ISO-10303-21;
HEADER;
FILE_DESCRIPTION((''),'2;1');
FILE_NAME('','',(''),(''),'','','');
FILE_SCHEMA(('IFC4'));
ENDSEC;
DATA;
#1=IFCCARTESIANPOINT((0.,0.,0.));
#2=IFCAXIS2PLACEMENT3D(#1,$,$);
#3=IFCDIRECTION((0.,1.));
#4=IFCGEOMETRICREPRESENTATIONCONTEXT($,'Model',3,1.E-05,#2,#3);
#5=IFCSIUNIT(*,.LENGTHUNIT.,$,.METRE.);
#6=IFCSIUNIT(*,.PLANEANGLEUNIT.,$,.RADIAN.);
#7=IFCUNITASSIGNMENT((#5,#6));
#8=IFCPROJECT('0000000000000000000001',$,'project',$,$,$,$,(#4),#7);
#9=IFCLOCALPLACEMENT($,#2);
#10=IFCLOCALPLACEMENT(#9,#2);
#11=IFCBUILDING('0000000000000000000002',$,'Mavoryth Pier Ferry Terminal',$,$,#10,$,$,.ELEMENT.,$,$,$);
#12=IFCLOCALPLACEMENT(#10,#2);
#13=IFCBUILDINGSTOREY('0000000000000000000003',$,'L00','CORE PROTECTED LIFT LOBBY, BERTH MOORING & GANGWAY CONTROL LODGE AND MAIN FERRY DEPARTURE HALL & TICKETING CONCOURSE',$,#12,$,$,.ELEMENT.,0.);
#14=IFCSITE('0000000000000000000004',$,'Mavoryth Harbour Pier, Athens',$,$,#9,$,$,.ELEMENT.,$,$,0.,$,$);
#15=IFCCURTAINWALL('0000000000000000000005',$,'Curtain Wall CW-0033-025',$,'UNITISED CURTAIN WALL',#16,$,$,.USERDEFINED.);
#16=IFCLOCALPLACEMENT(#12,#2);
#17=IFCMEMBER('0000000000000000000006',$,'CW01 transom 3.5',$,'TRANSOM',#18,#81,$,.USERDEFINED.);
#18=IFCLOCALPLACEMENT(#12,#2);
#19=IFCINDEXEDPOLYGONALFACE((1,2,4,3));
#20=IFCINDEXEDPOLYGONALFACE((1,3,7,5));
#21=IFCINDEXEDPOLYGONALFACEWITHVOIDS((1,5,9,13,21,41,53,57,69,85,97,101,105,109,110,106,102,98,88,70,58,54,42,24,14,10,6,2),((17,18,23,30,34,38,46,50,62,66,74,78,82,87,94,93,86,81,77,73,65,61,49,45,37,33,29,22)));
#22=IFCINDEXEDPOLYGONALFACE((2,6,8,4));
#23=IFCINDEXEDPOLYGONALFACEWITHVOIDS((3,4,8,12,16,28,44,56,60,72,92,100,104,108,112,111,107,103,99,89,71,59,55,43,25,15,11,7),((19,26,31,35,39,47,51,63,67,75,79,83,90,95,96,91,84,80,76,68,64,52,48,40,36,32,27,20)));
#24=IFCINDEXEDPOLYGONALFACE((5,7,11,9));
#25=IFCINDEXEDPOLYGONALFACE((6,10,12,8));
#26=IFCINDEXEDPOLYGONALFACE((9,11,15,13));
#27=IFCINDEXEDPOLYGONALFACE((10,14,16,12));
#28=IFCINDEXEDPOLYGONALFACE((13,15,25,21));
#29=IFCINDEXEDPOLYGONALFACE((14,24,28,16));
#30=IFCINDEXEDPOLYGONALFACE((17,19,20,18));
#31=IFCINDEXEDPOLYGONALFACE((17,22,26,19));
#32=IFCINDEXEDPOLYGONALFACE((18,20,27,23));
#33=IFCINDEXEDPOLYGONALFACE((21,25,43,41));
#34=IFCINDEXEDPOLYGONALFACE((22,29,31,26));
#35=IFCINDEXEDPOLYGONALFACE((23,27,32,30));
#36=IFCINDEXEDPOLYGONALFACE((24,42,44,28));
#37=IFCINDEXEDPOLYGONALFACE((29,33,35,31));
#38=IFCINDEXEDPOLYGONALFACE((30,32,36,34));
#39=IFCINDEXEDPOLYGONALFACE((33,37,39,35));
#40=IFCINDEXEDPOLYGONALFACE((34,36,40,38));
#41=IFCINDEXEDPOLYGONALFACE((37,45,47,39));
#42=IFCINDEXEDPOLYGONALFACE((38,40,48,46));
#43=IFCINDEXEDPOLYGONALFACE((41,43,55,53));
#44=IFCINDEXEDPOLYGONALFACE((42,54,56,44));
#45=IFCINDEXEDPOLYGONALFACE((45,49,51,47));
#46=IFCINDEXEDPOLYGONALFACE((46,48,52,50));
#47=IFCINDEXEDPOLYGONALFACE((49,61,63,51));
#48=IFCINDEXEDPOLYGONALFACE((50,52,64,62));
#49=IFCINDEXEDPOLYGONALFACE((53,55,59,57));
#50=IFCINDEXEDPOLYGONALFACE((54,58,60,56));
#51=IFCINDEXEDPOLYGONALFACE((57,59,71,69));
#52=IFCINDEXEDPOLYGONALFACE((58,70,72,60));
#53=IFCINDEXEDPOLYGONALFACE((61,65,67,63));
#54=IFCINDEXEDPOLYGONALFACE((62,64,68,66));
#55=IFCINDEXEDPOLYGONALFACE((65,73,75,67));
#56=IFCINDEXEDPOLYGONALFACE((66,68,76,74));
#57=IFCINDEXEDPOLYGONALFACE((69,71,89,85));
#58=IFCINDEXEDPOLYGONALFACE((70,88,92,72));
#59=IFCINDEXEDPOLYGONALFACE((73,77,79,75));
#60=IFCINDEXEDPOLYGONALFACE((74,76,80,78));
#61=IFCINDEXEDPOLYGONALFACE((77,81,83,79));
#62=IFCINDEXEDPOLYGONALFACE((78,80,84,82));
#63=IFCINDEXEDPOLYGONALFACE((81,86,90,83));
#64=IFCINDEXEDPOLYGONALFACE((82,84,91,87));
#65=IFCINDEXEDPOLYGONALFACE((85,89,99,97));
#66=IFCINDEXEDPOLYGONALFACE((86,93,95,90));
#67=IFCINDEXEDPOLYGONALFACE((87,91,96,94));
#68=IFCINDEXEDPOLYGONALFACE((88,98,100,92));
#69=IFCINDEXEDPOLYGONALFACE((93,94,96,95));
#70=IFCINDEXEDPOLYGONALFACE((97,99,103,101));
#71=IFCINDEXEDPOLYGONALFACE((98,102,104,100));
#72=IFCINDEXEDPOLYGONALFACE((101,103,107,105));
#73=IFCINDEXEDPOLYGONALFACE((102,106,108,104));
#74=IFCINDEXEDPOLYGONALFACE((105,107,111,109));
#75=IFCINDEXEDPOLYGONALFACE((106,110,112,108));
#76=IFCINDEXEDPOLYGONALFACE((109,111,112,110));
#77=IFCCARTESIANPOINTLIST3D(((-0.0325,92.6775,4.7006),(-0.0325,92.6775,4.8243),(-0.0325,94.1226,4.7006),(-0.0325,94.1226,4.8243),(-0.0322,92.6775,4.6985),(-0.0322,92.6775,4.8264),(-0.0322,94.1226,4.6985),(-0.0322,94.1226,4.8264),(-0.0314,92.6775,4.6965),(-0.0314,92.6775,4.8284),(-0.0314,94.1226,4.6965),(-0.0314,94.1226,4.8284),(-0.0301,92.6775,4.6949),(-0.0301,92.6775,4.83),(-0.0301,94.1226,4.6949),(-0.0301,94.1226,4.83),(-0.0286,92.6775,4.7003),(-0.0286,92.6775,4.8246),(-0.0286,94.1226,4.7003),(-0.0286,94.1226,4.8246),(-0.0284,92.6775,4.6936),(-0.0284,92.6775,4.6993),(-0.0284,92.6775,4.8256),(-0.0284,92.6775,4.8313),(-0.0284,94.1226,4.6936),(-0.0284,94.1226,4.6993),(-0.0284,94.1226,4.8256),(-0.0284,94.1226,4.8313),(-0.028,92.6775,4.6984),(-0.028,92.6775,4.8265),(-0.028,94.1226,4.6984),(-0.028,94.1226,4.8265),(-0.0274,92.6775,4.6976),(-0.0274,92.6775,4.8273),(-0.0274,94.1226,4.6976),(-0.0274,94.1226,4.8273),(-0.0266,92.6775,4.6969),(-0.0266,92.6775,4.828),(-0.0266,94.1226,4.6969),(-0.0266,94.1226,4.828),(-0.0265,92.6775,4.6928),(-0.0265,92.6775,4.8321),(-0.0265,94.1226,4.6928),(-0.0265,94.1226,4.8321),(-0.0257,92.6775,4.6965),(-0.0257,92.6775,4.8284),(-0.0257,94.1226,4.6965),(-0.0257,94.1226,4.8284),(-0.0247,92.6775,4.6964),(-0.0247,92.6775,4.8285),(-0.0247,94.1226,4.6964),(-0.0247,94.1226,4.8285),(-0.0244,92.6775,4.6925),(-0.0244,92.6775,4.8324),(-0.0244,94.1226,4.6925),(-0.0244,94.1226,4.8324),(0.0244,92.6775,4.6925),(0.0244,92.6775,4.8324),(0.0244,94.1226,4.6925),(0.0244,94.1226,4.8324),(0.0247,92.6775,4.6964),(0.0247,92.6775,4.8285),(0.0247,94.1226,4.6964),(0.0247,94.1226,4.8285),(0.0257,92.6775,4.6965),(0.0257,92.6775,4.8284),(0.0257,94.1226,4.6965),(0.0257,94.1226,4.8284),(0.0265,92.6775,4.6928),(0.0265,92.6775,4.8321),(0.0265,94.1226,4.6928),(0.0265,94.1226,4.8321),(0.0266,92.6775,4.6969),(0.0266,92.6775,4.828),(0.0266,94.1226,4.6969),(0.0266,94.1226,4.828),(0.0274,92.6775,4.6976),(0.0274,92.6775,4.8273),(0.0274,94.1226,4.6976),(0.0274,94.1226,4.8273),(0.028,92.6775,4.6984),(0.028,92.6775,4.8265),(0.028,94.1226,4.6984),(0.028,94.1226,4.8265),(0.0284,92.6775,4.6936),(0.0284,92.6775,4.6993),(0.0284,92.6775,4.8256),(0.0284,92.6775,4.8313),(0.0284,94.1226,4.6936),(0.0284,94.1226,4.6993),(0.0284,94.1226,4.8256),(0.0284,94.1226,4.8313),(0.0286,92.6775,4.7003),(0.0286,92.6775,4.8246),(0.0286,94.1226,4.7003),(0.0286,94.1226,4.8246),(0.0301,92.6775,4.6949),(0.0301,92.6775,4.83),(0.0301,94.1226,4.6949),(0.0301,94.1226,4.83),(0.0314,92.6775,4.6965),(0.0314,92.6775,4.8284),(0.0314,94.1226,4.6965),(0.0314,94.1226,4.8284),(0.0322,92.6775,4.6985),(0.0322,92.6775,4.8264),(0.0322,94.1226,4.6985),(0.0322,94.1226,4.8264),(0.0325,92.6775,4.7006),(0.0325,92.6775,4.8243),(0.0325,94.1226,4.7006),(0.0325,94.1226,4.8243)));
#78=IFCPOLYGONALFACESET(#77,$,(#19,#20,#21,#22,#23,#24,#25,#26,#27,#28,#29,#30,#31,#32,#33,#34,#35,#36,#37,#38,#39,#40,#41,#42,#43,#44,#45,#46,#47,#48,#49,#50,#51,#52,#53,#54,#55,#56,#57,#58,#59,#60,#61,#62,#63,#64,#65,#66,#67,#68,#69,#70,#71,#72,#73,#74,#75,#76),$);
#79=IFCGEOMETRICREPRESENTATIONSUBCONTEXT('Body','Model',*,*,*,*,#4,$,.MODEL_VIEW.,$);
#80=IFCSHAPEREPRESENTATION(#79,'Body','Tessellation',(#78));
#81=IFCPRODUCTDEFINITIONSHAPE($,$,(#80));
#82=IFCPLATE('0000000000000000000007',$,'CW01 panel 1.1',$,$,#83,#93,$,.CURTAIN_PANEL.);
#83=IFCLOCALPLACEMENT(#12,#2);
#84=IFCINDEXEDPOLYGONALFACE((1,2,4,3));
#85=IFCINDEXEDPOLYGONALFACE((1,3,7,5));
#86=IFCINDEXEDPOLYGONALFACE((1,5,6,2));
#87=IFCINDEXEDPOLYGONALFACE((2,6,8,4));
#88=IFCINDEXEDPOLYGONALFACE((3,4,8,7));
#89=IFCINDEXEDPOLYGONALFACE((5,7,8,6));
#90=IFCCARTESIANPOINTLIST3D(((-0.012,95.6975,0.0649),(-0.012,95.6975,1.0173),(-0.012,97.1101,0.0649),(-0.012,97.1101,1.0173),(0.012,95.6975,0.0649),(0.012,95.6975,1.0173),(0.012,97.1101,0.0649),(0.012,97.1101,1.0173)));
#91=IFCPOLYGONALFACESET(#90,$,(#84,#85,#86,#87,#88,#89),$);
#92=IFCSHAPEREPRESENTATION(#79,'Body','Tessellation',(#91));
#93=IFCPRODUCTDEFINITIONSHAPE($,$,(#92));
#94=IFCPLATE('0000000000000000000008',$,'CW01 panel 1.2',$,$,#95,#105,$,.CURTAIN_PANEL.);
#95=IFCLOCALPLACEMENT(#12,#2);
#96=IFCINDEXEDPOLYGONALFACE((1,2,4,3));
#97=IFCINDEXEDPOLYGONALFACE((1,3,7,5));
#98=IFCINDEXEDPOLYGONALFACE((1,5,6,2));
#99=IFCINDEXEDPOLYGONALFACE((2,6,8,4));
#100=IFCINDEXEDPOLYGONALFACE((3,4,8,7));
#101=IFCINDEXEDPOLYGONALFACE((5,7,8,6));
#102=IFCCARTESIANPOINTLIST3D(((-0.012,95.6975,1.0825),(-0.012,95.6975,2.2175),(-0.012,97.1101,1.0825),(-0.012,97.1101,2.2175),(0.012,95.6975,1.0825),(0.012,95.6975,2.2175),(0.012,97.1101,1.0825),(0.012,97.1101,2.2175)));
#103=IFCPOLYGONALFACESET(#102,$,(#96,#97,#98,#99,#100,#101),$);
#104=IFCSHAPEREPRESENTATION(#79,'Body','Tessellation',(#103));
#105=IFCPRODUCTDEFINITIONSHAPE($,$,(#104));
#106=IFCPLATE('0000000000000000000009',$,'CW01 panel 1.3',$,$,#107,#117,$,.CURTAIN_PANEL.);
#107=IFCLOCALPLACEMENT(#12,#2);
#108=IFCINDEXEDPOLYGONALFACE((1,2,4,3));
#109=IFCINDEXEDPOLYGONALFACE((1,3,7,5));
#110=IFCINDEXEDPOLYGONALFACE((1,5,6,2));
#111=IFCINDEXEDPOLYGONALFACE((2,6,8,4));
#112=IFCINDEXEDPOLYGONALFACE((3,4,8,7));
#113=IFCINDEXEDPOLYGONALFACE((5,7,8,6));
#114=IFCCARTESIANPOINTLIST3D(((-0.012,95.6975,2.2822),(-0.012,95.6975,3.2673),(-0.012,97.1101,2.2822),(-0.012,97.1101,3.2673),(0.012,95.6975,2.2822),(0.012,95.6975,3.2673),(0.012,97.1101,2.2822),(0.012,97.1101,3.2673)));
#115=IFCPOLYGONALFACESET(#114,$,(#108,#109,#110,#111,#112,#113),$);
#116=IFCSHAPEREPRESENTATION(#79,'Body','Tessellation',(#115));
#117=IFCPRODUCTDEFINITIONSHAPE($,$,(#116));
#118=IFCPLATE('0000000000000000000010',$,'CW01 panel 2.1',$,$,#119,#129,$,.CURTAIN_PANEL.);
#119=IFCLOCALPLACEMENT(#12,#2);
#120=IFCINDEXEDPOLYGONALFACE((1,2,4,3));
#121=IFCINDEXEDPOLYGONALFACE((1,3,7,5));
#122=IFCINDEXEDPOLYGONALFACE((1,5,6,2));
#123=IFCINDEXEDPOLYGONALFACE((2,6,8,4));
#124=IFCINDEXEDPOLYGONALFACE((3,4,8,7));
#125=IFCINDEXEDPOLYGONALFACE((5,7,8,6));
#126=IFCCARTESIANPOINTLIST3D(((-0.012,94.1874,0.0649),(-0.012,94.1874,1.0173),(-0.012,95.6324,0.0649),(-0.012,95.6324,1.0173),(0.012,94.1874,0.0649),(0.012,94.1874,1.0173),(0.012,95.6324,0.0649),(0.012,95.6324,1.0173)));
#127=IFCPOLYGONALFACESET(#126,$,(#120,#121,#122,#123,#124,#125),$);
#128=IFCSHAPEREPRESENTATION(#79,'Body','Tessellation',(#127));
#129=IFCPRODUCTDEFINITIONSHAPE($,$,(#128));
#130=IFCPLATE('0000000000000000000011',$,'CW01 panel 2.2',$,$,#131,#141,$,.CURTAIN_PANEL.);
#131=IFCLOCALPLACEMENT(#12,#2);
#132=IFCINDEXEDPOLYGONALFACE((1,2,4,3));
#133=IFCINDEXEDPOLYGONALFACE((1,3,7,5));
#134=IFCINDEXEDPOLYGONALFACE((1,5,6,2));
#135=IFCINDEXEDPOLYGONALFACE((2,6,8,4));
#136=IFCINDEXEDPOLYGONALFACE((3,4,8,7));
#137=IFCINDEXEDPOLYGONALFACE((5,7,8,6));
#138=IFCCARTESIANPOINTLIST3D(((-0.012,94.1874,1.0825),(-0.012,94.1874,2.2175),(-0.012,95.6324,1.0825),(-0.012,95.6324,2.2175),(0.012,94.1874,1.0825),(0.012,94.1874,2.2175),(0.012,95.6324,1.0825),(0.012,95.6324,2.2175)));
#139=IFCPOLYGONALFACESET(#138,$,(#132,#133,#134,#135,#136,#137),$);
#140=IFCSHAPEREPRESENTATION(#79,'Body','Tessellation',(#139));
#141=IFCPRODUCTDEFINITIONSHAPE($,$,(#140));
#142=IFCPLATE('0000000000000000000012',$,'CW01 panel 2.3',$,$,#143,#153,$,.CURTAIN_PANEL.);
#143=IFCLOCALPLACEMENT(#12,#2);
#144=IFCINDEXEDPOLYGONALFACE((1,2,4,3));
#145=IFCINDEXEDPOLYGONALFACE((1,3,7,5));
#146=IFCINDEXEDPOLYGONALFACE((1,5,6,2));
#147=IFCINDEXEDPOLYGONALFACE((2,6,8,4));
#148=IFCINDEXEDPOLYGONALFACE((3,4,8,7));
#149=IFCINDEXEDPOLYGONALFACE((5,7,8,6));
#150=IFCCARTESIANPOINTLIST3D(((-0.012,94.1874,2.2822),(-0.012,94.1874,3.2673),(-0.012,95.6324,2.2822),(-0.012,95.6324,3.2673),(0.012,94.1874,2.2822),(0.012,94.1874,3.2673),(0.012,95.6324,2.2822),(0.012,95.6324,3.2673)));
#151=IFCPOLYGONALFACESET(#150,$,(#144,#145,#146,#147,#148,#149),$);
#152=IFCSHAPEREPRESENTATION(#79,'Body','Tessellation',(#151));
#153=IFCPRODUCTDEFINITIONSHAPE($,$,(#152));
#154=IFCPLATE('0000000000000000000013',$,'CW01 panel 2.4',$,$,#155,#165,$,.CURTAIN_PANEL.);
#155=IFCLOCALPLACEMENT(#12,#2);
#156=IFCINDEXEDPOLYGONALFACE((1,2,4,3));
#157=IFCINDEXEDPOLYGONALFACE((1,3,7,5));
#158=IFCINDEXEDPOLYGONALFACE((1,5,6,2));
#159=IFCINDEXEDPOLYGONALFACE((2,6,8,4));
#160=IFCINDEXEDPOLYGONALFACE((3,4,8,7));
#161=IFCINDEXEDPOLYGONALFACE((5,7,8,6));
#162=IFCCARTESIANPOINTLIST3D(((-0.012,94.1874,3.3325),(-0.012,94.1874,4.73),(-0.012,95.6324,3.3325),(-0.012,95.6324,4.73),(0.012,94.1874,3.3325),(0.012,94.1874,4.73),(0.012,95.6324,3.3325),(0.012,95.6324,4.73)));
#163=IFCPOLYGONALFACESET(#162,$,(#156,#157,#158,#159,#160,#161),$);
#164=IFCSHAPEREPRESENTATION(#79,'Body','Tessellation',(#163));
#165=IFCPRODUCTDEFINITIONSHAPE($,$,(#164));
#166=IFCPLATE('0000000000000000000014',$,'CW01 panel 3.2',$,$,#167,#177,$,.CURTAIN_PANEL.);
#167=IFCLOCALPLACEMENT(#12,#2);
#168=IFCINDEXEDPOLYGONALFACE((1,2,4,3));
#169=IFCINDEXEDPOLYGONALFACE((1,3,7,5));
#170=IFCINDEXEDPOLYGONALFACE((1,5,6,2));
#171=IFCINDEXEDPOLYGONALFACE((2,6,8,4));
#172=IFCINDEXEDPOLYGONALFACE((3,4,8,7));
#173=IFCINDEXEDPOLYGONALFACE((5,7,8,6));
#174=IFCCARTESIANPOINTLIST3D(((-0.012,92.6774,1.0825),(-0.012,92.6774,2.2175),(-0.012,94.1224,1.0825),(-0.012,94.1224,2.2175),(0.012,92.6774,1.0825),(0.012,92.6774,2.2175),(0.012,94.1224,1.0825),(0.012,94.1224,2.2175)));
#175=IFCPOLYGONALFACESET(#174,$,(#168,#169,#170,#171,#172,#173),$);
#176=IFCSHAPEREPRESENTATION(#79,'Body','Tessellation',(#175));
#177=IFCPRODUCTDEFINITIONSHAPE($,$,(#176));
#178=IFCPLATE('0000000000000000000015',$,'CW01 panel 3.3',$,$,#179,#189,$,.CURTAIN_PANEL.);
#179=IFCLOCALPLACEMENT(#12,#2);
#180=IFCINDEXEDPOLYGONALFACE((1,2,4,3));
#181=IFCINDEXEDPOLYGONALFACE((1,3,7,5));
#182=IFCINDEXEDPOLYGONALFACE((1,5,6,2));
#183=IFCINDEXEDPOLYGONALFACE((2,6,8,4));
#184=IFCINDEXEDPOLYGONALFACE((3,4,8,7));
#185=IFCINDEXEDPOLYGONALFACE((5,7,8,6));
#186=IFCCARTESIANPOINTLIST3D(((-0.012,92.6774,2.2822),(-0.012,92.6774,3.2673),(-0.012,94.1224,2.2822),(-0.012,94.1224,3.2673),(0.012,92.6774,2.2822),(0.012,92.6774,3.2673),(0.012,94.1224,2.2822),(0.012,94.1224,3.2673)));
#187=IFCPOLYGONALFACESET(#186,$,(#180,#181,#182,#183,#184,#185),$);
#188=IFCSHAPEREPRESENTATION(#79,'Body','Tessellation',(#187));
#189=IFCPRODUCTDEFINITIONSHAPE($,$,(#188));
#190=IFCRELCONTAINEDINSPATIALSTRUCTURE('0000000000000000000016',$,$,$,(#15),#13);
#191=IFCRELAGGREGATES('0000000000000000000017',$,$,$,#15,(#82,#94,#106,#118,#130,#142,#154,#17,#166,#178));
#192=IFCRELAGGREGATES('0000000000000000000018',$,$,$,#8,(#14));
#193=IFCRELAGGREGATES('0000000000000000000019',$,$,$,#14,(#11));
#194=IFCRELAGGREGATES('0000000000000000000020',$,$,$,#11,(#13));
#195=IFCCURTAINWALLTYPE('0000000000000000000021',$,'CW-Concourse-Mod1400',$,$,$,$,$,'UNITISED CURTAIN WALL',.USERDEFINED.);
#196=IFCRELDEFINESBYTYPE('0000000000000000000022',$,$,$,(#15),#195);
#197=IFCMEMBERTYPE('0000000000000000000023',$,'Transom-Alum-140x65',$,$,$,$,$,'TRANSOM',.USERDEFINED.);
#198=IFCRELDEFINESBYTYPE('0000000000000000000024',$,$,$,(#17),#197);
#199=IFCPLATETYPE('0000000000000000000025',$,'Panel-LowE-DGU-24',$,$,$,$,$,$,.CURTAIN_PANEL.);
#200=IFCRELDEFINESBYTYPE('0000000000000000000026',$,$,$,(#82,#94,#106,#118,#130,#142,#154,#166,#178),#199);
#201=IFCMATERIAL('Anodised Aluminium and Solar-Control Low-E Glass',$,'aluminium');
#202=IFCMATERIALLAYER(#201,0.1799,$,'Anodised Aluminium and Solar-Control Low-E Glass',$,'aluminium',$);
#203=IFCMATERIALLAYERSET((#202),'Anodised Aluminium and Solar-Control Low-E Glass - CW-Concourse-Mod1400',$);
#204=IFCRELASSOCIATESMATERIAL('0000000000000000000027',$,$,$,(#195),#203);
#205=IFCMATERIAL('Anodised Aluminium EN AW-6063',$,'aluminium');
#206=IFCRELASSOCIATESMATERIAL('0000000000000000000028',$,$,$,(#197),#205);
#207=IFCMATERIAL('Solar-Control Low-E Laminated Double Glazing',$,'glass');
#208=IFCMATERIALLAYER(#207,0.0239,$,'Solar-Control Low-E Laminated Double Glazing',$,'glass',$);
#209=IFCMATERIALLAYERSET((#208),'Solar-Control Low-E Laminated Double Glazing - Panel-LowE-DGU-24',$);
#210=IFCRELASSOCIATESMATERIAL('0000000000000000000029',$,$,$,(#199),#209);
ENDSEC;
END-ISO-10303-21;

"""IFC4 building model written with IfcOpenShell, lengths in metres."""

from ifc_helpers import new_model, si_unit, direction, frame, origin, origin_2d, place, context, subcontext, project, spatial, rectangle, hollow_rectangle, extrude, material, layer, layer_set, material_profile, profile_set, type_object, element, aggregate, save


model = new_model("IFC4")

# Units and contexts
model_context = context("Model", 3, precision=1e-05, world=origin(), true_north=direction((0.0, 1.0)))
body_context = subcontext(model_context, "Body", "Model", "MODEL_VIEW")
ifc_project = project(units=[si_unit("LENGTHUNIT", "METRE"), si_unit("PLANEANGLEUNIT", "RADIAN")], contexts=[model_context])

# Site, building, storey
site_placement = place(None, origin())
site = spatial("IfcSite", under=ifc_project, at=site_placement, Name="Mavoryth Harbour Pier, Athens", CompositionType="ELEMENT", RefElevation=0.0)
building_placement = place(site_placement, origin())
building = spatial("IfcBuilding", under=site, at=building_placement, Name="Mavoryth Pier Ferry Terminal", CompositionType="ELEMENT")
storey_placement = place(building_placement, origin())
storey = spatial("IfcBuildingStorey", under=building, at=storey_placement, Name="L00", Description="CORE PROTECTED LIFT LOBBY, BERTH MOORING & GANGWAY CONTROL LODGE AND MAIN FERRY DEPARTURE HALL & TICKETING CONCOURSE", CompositionType="ELEMENT", Elevation=0.0)

# Curtain wall, member, plates
ifc_material_1 = material(Name="Anodised Aluminium and Solar-Control Low-E Glass", Category="aluminium")
ifc_layer_1 = layer(ifc_material_1, 0.1799, Name="Anodised Aluminium and Solar-Control Low-E Glass", Category="aluminium")
ifc_layer_set_1 = layer_set([ifc_layer_1], Name="Anodised Aluminium and Solar-Control Low-E Glass - CW-Concourse-Mod1400")
curtain_wall_type = type_object("IfcCurtainWallType", Name="CW-Concourse-Mod1400", ElementType="UNITISED CURTAIN WALL", PredefinedType="USERDEFINED", material=ifc_layer_set_1)
curtain_wall_placement = place(storey_placement, origin())
curtain_wall = element("IfcCurtainWall", 1, at=curtain_wall_placement, inside=storey, type_object=curtain_wall_type, Name="Curtain Wall CW-0033-025", ObjectType="UNITISED CURTAIN WALL", PredefinedType="USERDEFINED")
ifc_material_2 = material(Name="Anodised Aluminium EN AW-6063", Category="aluminium")
ifc_material_profile_1 = material_profile(ifc_material_2, hollow_rectangle(XDim=0.0649, YDim=0.1399, WallThickness=0.0039, InnerFilletRadius=0.0039, OuterFilletRadius=0.0081, at=origin_2d()), Name="AL-TRAN 140x65x4", Category="aluminium")
ifc_profile_set_1 = profile_set([ifc_material_profile_1], Name="Anodised Aluminium EN AW-6063 - AL-TRAN 140x65x4")
member_type_1 = type_object("IfcMemberType", Name="Transom-Alum-140x65", ElementType="TRANSOM", PredefinedType="USERDEFINED", material=ifc_profile_set_1)
member_1_placement = place(storey_placement, frame((0.0, 94.1226, 4.7625), z_axis=(0.0, -1.0, 0.0), x_axis=(1.0, 0.0, 0.0)))
member_1 = element("IfcMember", 2, at=member_1_placement, type_object=member_type_1, Name="CW01 transom 3.5", ObjectType="TRANSOM", PredefinedType="USERDEFINED", context=body_context, shape_type="SweptSolid", body=[
    extrude(hollow_rectangle(XDim=0.0649, YDim=0.1399, WallThickness=0.0039, InnerFilletRadius=0.0039, OuterFilletRadius=0.0081, at=origin_2d()), origin(), (0.0, 0.0, 1.0), 1.4451),
])
ifc_material_3 = material(Name="Solar-Control Low-E Laminated Double Glazing", Category="glass")
ifc_layer_2 = layer(ifc_material_3, 0.0239, Name="Solar-Control Low-E Laminated Double Glazing", Category="glass")
ifc_layer_set_2 = layer_set([ifc_layer_2], Name="Solar-Control Low-E Laminated Double Glazing - Panel-LowE-DGU-24")
plate_type = type_object("IfcPlateType", Name="Panel-LowE-DGU-24", PredefinedType="CURTAIN_PANEL", material=ifc_layer_set_2)
plate_1_placement = place(storey_placement, frame((0.0, 96.4038, 0.0649), z_axis=(0.0, 0.0, 1.0), x_axis=(0.0, -1.0, 0.0)))
plate_1 = element("IfcPlate", 3, at=plate_1_placement, type_object=plate_type, Name="CW01 panel 1.1", PredefinedType="CURTAIN_PANEL", context=body_context, shape_type="SweptSolid", body=[
    extrude(rectangle(XDim=1.4126, YDim=0.0239, at=origin_2d()), origin(), (0.0, 0.0, 1.0), 0.9524),
])
plate_2_placement = place(storey_placement, frame((0.0, 96.4038, 1.0825), z_axis=(0.0, 0.0, 1.0), x_axis=(0.0, -1.0, 0.0)))
plate_2 = element("IfcPlate", 4, at=plate_2_placement, type_object=plate_type, Name="CW01 panel 1.2", PredefinedType="CURTAIN_PANEL", context=body_context, shape_type="SweptSolid", body=[
    extrude(rectangle(XDim=1.4126, YDim=0.0239, at=origin_2d()), origin(), (0.0, 0.0, 1.0), 1.135),
])
plate_3_placement = place(storey_placement, frame((0.0, 96.4038, 2.2822), z_axis=(0.0, 0.0, 1.0), x_axis=(0.0, -1.0, 0.0)))
plate_3 = element("IfcPlate", 5, at=plate_3_placement, type_object=plate_type, Name="CW01 panel 1.3", PredefinedType="CURTAIN_PANEL", context=body_context, shape_type="SweptSolid", body=[
    extrude(rectangle(XDim=1.4126, YDim=0.0239, at=origin_2d()), origin(), (0.0, 0.0, 1.0), 0.9851),
])
plate_4_placement = place(storey_placement, frame((0.0, 94.9099, 0.0649), z_axis=(0.0, 0.0, 1.0), x_axis=(0.0, -1.0, 0.0)))
plate_4 = element("IfcPlate", 6, at=plate_4_placement, type_object=plate_type, Name="CW01 panel 2.1", PredefinedType="CURTAIN_PANEL", context=body_context, shape_type="SweptSolid", body=[
    extrude(rectangle(XDim=1.4451, YDim=0.0239, at=origin_2d()), origin(), (0.0, 0.0, 1.0), 0.9524),
])
plate_5_placement = place(storey_placement, frame((0.0, 94.9099, 1.0825), z_axis=(0.0, 0.0, 1.0), x_axis=(0.0, -1.0, 0.0)))
plate_5 = element("IfcPlate", 7, at=plate_5_placement, type_object=plate_type, Name="CW01 panel 2.2", PredefinedType="CURTAIN_PANEL", context=body_context, shape_type="SweptSolid", body=[
    extrude(rectangle(XDim=1.4451, YDim=0.0239, at=origin_2d()), origin(), (0.0, 0.0, 1.0), 1.135),
])
plate_6_placement = place(storey_placement, frame((0.0, 94.9099, 2.2822), z_axis=(0.0, 0.0, 1.0), x_axis=(0.0, -1.0, 0.0)))
plate_6 = element("IfcPlate", 8, at=plate_6_placement, type_object=plate_type, Name="CW01 panel 2.3", PredefinedType="CURTAIN_PANEL", context=body_context, shape_type="SweptSolid", body=[
    extrude(rectangle(XDim=1.4451, YDim=0.0239, at=origin_2d()), origin(), (0.0, 0.0, 1.0), 0.9851),
])
plate_7_placement = place(storey_placement, frame((0.0, 94.9099, 3.3325), z_axis=(0.0, 0.0, 1.0), x_axis=(0.0, -1.0, 0.0)))
plate_7 = element("IfcPlate", 9, at=plate_7_placement, type_object=plate_type, Name="CW01 panel 2.4", PredefinedType="CURTAIN_PANEL", context=body_context, shape_type="SweptSolid", body=[
    extrude(rectangle(XDim=1.4451, YDim=0.0239, at=origin_2d()), origin(), (0.0, 0.0, 1.0), 1.3975),
])
plate_8_placement = place(storey_placement, frame((0.0, 93.3999, 1.0825), z_axis=(0.0, 0.0, 1.0), x_axis=(0.0, -1.0, 0.0)))
plate_8 = element("IfcPlate", 10, at=plate_8_placement, type_object=plate_type, Name="CW01 panel 3.2", PredefinedType="CURTAIN_PANEL", context=body_context, shape_type="SweptSolid", body=[
    extrude(rectangle(XDim=1.4451, YDim=0.0239, at=origin_2d()), origin(), (0.0, 0.0, 1.0), 1.135),
])
plate_9_placement = place(storey_placement, frame((0.0, 93.3999, 2.2822), z_axis=(0.0, 0.0, 1.0), x_axis=(0.0, -1.0, 0.0)))
plate_9 = element("IfcPlate", 11, at=plate_9_placement, type_object=plate_type, Name="CW01 panel 3.3", PredefinedType="CURTAIN_PANEL", context=body_context, shape_type="SweptSolid", body=[
    extrude(rectangle(XDim=1.4451, YDim=0.0239, at=origin_2d()), origin(), (0.0, 0.0, 1.0), 0.9851),
])
aggregate(curtain_wall, [plate_1, plate_2, plate_3, plate_4, plate_5, plate_6, plate_7, member_1, plate_8, plate_9])

save(model, "model.ifc")
